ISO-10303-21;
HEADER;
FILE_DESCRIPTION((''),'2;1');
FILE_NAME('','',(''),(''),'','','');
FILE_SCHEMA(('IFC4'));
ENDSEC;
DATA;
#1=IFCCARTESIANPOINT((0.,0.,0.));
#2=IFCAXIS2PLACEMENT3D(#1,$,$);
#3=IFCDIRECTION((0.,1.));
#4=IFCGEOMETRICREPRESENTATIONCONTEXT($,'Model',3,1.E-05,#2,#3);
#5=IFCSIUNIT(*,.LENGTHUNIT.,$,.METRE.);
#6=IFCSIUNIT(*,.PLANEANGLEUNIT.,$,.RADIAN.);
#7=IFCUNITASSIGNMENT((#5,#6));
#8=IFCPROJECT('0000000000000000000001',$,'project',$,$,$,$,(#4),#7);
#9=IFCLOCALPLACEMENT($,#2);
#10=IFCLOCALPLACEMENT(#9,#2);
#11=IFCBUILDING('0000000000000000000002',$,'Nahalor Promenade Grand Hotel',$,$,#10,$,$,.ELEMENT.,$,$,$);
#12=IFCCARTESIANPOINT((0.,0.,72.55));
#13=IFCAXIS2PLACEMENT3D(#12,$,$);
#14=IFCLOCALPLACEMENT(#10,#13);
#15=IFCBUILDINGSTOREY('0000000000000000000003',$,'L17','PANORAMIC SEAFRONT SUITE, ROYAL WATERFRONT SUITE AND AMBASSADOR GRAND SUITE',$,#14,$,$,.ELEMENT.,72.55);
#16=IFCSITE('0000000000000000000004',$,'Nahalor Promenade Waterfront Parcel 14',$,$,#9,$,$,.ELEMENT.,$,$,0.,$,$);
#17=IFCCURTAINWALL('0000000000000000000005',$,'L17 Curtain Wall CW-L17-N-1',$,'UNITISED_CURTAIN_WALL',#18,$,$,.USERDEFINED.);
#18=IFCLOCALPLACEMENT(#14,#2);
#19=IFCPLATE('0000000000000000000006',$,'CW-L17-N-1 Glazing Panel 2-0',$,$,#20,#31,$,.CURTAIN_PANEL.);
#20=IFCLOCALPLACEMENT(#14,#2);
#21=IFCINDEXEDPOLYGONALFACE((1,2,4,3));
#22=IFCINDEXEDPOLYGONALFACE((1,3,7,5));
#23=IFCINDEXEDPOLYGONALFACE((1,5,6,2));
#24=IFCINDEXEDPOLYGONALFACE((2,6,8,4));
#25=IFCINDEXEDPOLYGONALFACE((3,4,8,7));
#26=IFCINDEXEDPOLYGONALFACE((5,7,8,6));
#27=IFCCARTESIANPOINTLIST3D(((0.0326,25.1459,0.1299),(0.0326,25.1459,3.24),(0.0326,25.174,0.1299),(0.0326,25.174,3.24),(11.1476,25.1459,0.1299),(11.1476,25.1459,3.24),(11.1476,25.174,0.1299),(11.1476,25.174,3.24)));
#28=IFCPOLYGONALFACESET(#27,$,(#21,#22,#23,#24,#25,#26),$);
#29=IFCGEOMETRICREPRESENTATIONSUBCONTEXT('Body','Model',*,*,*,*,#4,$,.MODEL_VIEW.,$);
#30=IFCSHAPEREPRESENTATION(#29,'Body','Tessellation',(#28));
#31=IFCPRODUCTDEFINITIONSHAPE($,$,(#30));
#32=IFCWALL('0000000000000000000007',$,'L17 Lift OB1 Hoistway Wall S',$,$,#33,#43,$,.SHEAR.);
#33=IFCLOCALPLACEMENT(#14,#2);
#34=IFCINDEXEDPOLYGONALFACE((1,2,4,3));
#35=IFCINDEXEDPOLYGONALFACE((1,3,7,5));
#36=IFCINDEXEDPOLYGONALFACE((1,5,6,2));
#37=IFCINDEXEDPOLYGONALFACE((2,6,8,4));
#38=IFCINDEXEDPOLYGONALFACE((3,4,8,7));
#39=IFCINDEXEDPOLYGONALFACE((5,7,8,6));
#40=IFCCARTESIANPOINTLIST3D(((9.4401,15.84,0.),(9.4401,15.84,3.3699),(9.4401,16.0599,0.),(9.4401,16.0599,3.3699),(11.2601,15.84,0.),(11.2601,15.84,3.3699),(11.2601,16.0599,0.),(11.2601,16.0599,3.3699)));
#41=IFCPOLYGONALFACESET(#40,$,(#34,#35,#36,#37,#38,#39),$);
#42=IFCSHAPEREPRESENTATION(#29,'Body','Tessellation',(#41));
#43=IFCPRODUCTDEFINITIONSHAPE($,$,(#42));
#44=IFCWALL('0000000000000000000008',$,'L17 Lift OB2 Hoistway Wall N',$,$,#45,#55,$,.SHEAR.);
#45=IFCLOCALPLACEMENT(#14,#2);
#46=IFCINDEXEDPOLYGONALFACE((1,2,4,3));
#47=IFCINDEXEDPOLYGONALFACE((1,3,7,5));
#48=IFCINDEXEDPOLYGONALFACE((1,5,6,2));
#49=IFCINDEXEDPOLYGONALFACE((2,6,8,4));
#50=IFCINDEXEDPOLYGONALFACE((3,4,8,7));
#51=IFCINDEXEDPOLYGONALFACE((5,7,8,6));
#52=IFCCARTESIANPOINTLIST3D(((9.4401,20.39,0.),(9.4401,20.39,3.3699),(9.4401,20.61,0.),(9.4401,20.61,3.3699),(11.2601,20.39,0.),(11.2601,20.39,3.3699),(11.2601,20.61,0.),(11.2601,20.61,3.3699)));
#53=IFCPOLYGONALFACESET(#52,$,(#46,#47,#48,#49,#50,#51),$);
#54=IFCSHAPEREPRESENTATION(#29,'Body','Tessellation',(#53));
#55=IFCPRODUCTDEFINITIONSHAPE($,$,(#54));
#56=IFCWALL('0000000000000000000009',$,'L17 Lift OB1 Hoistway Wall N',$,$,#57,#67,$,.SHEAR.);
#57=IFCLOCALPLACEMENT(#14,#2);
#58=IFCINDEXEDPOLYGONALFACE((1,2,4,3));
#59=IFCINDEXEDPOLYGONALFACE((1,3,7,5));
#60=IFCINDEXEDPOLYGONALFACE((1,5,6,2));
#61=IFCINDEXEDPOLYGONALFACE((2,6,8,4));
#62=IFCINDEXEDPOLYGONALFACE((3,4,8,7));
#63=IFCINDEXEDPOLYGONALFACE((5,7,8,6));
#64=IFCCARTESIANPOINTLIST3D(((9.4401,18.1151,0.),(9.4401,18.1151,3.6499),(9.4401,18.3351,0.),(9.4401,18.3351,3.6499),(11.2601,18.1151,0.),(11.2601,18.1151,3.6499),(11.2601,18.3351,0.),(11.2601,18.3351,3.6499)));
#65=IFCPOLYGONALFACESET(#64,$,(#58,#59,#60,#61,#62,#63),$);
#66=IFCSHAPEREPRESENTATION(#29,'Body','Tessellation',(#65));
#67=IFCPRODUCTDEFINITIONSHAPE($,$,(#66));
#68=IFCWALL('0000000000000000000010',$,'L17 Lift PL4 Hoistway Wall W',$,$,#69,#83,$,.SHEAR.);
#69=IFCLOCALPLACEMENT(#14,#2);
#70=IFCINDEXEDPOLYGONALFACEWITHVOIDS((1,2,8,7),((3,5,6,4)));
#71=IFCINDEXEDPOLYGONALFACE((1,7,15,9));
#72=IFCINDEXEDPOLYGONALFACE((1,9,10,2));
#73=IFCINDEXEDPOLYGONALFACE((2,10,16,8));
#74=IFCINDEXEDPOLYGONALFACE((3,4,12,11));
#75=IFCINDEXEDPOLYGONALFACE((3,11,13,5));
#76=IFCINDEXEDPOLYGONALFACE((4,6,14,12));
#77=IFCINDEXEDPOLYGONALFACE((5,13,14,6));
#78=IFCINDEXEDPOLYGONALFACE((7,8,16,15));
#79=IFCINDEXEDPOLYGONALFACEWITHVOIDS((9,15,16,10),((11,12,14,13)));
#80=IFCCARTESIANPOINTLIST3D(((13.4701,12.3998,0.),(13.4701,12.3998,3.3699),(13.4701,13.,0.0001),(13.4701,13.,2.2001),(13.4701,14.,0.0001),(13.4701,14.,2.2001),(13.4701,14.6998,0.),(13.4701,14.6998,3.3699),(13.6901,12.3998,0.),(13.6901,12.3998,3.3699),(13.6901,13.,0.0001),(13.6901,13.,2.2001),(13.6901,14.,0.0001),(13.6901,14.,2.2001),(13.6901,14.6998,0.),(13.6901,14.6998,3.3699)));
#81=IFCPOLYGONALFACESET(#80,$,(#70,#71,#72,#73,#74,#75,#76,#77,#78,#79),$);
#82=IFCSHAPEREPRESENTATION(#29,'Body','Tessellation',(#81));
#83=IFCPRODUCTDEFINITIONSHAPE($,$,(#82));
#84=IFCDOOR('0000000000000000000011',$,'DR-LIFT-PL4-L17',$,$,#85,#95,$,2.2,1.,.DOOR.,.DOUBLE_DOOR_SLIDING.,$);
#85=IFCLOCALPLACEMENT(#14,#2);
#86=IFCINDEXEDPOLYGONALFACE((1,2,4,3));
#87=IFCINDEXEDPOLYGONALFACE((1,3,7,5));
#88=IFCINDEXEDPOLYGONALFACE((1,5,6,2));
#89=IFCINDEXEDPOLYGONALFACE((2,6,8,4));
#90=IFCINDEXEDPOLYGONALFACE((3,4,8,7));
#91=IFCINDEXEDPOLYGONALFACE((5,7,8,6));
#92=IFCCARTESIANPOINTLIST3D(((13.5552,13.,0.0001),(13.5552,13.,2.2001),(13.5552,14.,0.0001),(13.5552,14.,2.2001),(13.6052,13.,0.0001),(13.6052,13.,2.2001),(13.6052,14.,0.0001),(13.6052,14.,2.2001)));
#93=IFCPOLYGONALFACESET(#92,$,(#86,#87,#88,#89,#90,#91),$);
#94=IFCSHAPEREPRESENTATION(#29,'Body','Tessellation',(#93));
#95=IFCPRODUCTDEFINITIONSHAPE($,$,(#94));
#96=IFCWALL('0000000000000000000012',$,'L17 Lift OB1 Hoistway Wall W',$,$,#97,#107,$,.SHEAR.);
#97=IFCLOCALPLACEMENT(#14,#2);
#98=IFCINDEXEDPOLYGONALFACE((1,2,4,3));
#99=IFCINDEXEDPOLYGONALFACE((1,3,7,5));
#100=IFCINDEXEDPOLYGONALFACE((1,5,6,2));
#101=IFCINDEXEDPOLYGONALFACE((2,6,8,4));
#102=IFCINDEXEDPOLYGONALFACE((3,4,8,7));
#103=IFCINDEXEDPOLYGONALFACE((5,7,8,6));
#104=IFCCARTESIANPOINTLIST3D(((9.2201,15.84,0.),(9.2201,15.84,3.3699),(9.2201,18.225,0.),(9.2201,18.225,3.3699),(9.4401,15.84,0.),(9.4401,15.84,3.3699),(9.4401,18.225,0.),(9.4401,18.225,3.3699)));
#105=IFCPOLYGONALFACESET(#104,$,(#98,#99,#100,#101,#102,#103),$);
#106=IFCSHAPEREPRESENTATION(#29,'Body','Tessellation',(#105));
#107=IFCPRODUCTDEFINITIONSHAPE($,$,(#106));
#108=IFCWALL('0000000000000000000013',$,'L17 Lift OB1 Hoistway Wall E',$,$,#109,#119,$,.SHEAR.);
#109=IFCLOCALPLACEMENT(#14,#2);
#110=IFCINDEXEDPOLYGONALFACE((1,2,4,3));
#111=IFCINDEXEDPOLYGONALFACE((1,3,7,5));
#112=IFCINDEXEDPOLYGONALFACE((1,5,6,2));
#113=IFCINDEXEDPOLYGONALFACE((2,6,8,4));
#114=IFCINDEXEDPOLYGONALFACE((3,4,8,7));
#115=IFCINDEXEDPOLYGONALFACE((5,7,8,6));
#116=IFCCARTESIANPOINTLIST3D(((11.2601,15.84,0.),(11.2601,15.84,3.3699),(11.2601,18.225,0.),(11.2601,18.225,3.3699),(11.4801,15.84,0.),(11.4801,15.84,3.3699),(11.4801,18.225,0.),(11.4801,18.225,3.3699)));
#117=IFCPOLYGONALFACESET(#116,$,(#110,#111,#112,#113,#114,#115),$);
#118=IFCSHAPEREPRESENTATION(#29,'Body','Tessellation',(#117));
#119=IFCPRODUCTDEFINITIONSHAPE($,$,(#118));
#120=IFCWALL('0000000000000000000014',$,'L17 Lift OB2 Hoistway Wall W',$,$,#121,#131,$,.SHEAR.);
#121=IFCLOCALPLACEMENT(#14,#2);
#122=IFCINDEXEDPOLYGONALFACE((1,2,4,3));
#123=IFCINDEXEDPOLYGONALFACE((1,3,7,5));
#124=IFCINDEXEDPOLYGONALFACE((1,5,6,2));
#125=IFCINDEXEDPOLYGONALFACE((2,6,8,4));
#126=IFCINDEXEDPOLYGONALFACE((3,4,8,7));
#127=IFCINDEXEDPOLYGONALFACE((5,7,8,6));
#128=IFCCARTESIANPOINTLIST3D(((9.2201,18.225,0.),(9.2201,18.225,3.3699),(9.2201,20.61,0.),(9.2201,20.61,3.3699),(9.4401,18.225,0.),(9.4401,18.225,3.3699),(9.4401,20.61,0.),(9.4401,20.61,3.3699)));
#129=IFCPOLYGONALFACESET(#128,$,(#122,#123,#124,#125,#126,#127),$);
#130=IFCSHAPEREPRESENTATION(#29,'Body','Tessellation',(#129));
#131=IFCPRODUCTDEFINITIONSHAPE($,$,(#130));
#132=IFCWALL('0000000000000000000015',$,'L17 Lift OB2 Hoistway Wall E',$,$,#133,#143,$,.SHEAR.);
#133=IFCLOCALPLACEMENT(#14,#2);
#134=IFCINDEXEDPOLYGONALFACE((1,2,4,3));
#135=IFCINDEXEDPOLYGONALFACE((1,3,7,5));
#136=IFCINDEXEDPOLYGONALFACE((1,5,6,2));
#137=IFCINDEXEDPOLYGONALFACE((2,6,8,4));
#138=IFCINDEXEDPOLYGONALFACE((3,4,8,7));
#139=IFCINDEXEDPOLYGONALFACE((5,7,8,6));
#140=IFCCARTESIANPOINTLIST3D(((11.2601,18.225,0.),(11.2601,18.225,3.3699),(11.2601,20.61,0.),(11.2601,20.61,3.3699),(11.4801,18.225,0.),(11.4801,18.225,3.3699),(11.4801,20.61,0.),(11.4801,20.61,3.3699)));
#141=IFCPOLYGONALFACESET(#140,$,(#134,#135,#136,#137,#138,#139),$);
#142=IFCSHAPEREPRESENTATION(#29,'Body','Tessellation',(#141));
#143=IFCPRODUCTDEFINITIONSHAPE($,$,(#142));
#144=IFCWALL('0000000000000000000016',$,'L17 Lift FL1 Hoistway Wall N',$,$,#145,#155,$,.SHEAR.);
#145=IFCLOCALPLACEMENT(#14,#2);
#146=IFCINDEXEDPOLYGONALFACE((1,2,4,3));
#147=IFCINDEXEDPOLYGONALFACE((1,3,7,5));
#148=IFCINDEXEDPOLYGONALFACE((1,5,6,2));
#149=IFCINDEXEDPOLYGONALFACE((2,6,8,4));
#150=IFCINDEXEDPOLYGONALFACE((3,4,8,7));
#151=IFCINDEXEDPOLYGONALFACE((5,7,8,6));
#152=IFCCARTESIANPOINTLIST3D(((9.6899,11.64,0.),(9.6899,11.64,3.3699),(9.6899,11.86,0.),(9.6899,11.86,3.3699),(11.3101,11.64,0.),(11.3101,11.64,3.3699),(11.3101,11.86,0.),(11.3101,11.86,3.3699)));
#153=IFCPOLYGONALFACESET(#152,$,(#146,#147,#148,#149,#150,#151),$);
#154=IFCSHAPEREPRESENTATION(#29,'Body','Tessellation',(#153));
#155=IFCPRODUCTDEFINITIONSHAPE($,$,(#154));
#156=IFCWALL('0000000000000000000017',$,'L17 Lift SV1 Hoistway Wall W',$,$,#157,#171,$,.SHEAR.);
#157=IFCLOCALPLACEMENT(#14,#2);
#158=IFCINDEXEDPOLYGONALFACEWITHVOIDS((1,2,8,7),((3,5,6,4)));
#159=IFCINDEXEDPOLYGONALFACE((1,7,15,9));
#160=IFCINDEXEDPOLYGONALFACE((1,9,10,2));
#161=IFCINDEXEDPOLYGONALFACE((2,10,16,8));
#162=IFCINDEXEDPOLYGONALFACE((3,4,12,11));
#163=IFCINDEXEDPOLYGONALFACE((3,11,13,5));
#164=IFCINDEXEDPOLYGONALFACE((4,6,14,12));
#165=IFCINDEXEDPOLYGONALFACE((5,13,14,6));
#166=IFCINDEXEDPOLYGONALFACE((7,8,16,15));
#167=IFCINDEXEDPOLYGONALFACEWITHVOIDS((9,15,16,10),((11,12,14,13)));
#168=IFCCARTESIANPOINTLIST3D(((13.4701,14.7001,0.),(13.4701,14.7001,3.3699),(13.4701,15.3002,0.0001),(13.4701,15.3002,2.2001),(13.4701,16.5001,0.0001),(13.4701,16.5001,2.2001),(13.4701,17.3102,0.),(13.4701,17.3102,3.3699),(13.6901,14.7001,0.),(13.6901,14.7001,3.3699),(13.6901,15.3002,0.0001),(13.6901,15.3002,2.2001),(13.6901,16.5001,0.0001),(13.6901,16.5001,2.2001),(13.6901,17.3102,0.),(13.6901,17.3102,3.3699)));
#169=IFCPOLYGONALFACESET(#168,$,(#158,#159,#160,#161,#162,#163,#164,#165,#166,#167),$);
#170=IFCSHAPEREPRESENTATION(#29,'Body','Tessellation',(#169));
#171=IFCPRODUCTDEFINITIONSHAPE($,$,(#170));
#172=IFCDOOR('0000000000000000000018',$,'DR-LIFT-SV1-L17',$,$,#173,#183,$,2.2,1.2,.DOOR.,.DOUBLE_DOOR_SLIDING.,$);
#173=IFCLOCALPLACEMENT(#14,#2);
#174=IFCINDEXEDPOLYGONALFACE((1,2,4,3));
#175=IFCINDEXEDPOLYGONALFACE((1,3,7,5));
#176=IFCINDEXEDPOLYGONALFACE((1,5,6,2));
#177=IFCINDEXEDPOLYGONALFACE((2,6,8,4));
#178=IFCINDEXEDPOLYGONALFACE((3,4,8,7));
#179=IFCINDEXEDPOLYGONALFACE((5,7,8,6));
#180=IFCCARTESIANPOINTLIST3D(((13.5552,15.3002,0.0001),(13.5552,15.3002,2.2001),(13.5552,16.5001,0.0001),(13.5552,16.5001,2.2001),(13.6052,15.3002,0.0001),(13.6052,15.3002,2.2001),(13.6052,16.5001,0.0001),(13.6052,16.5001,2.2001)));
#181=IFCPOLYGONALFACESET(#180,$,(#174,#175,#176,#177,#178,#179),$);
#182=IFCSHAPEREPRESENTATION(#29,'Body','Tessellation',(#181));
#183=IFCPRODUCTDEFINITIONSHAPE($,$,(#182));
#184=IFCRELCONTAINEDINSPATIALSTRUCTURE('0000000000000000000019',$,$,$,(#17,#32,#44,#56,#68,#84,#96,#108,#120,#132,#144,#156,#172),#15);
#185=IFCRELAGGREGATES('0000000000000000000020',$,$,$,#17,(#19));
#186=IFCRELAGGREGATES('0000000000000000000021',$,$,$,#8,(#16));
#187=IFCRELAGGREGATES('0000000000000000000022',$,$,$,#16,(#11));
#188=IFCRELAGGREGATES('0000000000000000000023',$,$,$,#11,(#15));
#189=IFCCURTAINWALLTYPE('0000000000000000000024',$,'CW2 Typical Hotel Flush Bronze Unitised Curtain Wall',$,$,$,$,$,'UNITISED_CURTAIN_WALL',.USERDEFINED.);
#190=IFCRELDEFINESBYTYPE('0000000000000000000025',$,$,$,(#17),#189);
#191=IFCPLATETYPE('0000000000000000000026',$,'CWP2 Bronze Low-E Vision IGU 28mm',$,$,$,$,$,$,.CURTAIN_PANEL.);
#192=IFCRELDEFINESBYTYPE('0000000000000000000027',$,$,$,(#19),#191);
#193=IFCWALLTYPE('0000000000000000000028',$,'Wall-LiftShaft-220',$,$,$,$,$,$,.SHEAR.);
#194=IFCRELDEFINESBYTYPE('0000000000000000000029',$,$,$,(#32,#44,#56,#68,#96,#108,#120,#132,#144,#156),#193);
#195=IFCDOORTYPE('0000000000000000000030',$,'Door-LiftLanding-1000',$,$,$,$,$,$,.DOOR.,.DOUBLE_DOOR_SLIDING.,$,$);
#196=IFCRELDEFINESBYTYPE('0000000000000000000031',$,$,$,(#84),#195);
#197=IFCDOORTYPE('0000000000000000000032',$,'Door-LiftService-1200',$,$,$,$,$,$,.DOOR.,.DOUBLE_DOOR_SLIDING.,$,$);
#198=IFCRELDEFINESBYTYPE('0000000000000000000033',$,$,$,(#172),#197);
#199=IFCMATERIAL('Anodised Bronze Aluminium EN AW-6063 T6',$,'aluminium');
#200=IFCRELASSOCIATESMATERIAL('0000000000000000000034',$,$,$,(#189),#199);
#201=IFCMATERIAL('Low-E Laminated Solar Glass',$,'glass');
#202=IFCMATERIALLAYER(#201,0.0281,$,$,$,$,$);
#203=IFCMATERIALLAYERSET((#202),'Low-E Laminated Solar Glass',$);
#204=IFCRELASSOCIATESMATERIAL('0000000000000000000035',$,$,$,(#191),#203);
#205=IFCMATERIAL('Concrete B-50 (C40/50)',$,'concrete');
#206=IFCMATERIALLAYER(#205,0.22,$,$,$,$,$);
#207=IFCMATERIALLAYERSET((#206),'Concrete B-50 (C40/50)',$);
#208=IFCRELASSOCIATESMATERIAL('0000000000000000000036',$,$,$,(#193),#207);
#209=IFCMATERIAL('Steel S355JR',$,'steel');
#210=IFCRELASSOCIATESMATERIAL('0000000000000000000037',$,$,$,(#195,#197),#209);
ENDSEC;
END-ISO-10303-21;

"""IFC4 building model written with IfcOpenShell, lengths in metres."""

from ifc_helpers import new_model, si_unit, direction, frame, frame_2d, origin, origin_2d, place, context, subcontext, project, spatial, rectangle, extrude, source, transform, mapped, material, layer, layer_set, type_object, element, fill, aggregate, save


model = new_model("IFC4")

# Units and contexts
model_context = context("Model", 3, precision=1e-05, world=origin(), true_north=direction((0.0, 1.0)))
body_context = subcontext(model_context, "Body", "Model", "MODEL_VIEW")
ifc_project = project(units=[si_unit("LENGTHUNIT", "METRE"), si_unit("PLANEANGLEUNIT", "RADIAN")], contexts=[model_context])

# Site, building, storey
site_placement = place(None, origin())
site = spatial("IfcSite", under=ifc_project, at=site_placement, Name="Nahalor Promenade Waterfront Parcel 14", CompositionType="ELEMENT", RefElevation=0.0)
building_placement = place(site_placement, origin())
building = spatial("IfcBuilding", under=site, at=building_placement, Name="Nahalor Promenade Grand Hotel", CompositionType="ELEMENT")
storey_placement = place(building_placement, frame((0.0, 0.0, 72.55)))
storey = spatial("IfcBuildingStorey", under=building, at=storey_placement, Name="L17", Description="PANORAMIC SEAFRONT SUITE, ROYAL WATERFRONT SUITE AND AMBASSADOR GRAND SUITE", CompositionType="ELEMENT", Elevation=72.55)

# Shared definitions
ifc_material_1 = material(Name="Steel S355JR", Category="steel")

# Curtain wall, plate
ifc_material_2 = material(Name="Anodised Bronze Aluminium EN AW-6063 T6", Category="aluminium")
curtain_wall_type = type_object("IfcCurtainWallType", Name="CW2 Typical Hotel Flush Bronze Unitised Curtain Wall", ElementType="UNITISED_CURTAIN_WALL", PredefinedType="USERDEFINED", material=ifc_material_2)
curtain_wall_placement = place(storey_placement, origin())
curtain_wall = element("IfcCurtainWall", 1, at=curtain_wall_placement, inside=storey, type_object=curtain_wall_type, Name="L17 Curtain Wall CW-L17-N-1", ObjectType="UNITISED_CURTAIN_WALL", PredefinedType="USERDEFINED")
ifc_material_3 = material(Name="Low-E Laminated Solar Glass", Category="glass")
ifc_layer_1 = layer(ifc_material_3, 0.0281)
ifc_layer_set_1 = layer_set([ifc_layer_1], Name="Low-E Laminated Solar Glass")
plate_type = type_object("IfcPlateType", Name="CWP2 Bronze Low-E Vision IGU 28mm", PredefinedType="CURTAIN_PANEL", material=ifc_layer_set_1)
shared_shape_1 = source(origin(), body_context, "Body", "SweptSolid", [
    extrude(rectangle(XDim=11.115, YDim=0.0281, at=origin_2d()), origin(), (0.0, 0.0, 1.0), 3.1101),
])
plate_placement = place(storey_placement, frame((5.5901, 25.1599, 0.1299), z_axis=(0.0, 0.0, 1.0), x_axis=(1.0, 0.0, 0.0)))
plate = element("IfcPlate", 2, at=plate_placement, type_object=plate_type, Name="CW-L17-N-1 Glazing Panel 2-0", PredefinedType="CURTAIN_PANEL", context=body_context, shape_type="MappedRepresentation", body=[
    mapped(shared_shape_1, transform((0.0, 0.0, 0.0), scale=1.0)),
])
aggregate(curtain_wall, [plate])

# Walls
ifc_material_4 = material(Name="Concrete B-50 (C40/50)", Category="concrete")
ifc_layer_2 = layer(ifc_material_4, 0.22)
ifc_layer_set_2 = layer_set([ifc_layer_2], Name="Concrete B-50 (C40/50)")
wall_type_1 = type_object("IfcWallType", Name="Wall-LiftShaft-220", PredefinedType="SHEAR", material=ifc_layer_set_2)
shared_shape_2 = source(origin(), body_context, "Body", "SweptSolid", [
    extrude(rectangle(XDim=1.8201, YDim=0.22, at=frame_2d((0.9102, 0.0))), origin(), (0.0, 0.0, 1.0), 3.3699),
])
for number, where, z_axis, x_axis, name in (
    (3, (9.4399, 15.95, 0.0), (0.0, 0.0, 1.0), (1.0, 0.0, 0.0), "L17 Lift OB1 Hoistway Wall S"),
    (4, (9.4399, 20.5, 0.0), (0.0, 0.0, 1.0), (1.0, 0.0, 0.0), "L17 Lift OB2 Hoistway Wall N"),
):
    element("IfcWall", number, at=place(storey_placement, frame(where, z_axis=z_axis, x_axis=x_axis)), inside=storey, type_object=wall_type_1, Name=name, PredefinedType="SHEAR", context=body_context, shape_type="MappedRepresentation", body=[
        mapped(shared_shape_2, transform((0.0, 0.0, 0.0), scale=1.0)),
    ])
shared_shape_3 = source(origin(), body_context, "Body", "SweptSolid", [
    extrude(rectangle(XDim=1.8201, YDim=0.22, at=frame_2d((0.9102, 0.0))), origin(), (0.0, 0.0, 1.0), 3.6499),
])
wall_1_placement = place(storey_placement, frame((9.4399, 18.2251, 0.0), z_axis=(0.0, 0.0, 1.0), x_axis=(1.0, 0.0, 0.0)))
element("IfcWall", 5, at=wall_1_placement, inside=storey, type_object=wall_type_1, Name="L17 Lift OB1 Hoistway Wall N", PredefinedType="SHEAR", context=body_context, shape_type="MappedRepresentation", body=[
    mapped(shared_shape_3, transform((0.0, 0.0, 0.0), scale=1.0)),
])

# Wall, opening, door
shared_shape_4 = source(origin(), body_context, "Body", "SweptSolid", [
    extrude(rectangle(XDim=2.3, YDim=0.22, at=frame_2d((1.1499, 0.0))), origin(), (0.0, 0.0, 1.0), 3.3699),
])
wall_2_placement = place(storey_placement, frame((13.5801, 12.3999, 0.0), z_axis=(0.0, 0.0, 1.0), x_axis=(0.0, 1.0, 0.0)))
wall_2 = element("IfcWall", 6, at=wall_2_placement, inside=storey, type_object=wall_type_1, Name="L17 Lift PL4 Hoistway Wall W", PredefinedType="SHEAR", context=body_context, shape_type="MappedRepresentation", body=[
    mapped(shared_shape_4, transform((0.0, 0.0, 0.0), scale=1.0)),
])
opening_1_placement = place(wall_2_placement, frame((0.6001, 0.0, 0.0)))
opening_1 = element("IfcOpeningElement", 7, at=opening_1_placement, cuts=wall_2, PredefinedType="OPENING", context=body_context, shape_type="SweptSolid", body=[
    extrude(rectangle(XDim=1.0, YDim=2.2, at=frame_2d((0.5, 1.1001))), frame((0.0, 0.1199, 0.0), z_axis=(0.0, -1.0, 0.0), x_axis=(1.0, 0.0, 0.0)), (0.0, 0.0, 1.0), 0.24),
])
door_type_1 = type_object("IfcDoorType", Name="Door-LiftLanding-1000", OperationType="DOUBLE_DOOR_SLIDING", PredefinedType="DOOR", material=ifc_material_1)
shared_shape_5 = source(origin(), body_context, "Body", "SweptSolid", [
    extrude(rectangle(XDim=1.0, YDim=2.2, at=frame_2d((0.5, 1.1001))), frame((0.0, 0.0249, 0.0), z_axis=(0.0, -1.0, 0.0), x_axis=(1.0, 0.0, 0.0)), (0.0, 0.0, 1.0), 0.05),
])
door_1_placement = place(opening_1_placement, origin())
door_1 = element("IfcDoor", 8, at=door_1_placement, inside=storey, type_object=door_type_1, Name="DR-LIFT-PL4-L17", OperationType="DOUBLE_DOOR_SLIDING", OverallHeight=2.2, OverallWidth=1.0, PredefinedType="DOOR", context=body_context, shape_type="MappedRepresentation", body=[
    mapped(shared_shape_5, transform((0.0, 0.0, 0.0), scale=1.0)),
])
fill(opening_1, door_1)

# Walls
shared_shape_6 = source(origin(), body_context, "Body", "SweptSolid", [
    extrude(rectangle(XDim=2.385, YDim=0.22, at=frame_2d((1.1924, 0.0))), origin(), (0.0, 0.0, 1.0), 3.3699),
])
for number, where, z_axis, x_axis, name in (
    (9, (9.3301, 15.8401, 0.0), (0.0, 0.0, 1.0), (0.0, 1.0, 0.0), "L17 Lift OB1 Hoistway Wall W"),
    (10, (11.3701, 15.8401, 0.0), (0.0, 0.0, 1.0), (0.0, 1.0, 0.0), "L17 Lift OB1 Hoistway Wall E"),
    (11, (9.3301, 18.2251, 0.0), (0.0, 0.0, 1.0), (0.0, 1.0, 0.0), "L17 Lift OB2 Hoistway Wall W"),
    (12, (11.3701, 18.2251, 0.0), (0.0, 0.0, 1.0), (0.0, 1.0, 0.0), "L17 Lift OB2 Hoistway Wall E"),
):
    element("IfcWall", number, at=place(storey_placement, frame(where, z_axis=z_axis, x_axis=x_axis)), inside=storey, type_object=wall_type_1, Name=name, PredefinedType="SHEAR", context=body_context, shape_type="MappedRepresentation", body=[
        mapped(shared_shape_6, transform((0.0, 0.0, 0.0), scale=1.0)),
    ])
shared_shape_7 = source(origin(), body_context, "Body", "SweptSolid", [
    extrude(rectangle(XDim=1.6201, YDim=0.22, at=frame_2d((0.8101, 0.0))), origin(), (0.0, 0.0, 1.0), 3.3699),
])
wall_3_placement = place(storey_placement, frame((9.6899, 11.75, 0.0), z_axis=(0.0, 0.0, 1.0), x_axis=(1.0, 0.0, 0.0)))
element("IfcWall", 13, at=wall_3_placement, inside=storey, type_object=wall_type_1, Name="L17 Lift FL1 Hoistway Wall N", PredefinedType="SHEAR", context=body_context, shape_type="MappedRepresentation", body=[
    mapped(shared_shape_7, transform((0.0, 0.0, 0.0), scale=1.0)),
])

# Wall, opening, door
shared_shape_8 = source(origin(), body_context, "Body", "SweptSolid", [
    extrude(rectangle(XDim=2.6101, YDim=0.22, at=frame_2d((1.3052, 0.0))), origin(), (0.0, 0.0, 1.0), 3.3699),
])
wall_4_placement = place(storey_placement, frame((13.5801, 14.7, 0.0), z_axis=(0.0, 0.0, 1.0), x_axis=(0.0, 1.0, 0.0)))
wall_4 = element("IfcWall", 14, at=wall_4_placement, inside=storey, type_object=wall_type_1, Name="L17 Lift SV1 Hoistway Wall W", PredefinedType="SHEAR", context=body_context, shape_type="MappedRepresentation", body=[
    mapped(shared_shape_8, transform((0.0, 0.0, 0.0), scale=1.0)),
])
opening_2_placement = place(wall_4_placement, frame((0.6001, 0.0, 0.0)))
opening_2 = element("IfcOpeningElement", 15, at=opening_2_placement, cuts=wall_4, PredefinedType="OPENING", context=body_context, shape_type="SweptSolid", body=[
    extrude(rectangle(XDim=1.2, YDim=2.2, at=frame_2d((0.6001, 1.1001))), frame((0.0, 0.1199, 0.0), z_axis=(0.0, -1.0, 0.0), x_axis=(1.0, 0.0, 0.0)), (0.0, 0.0, 1.0), 0.24),
])
door_type_2 = type_object("IfcDoorType", Name="Door-LiftService-1200", OperationType="DOUBLE_DOOR_SLIDING", PredefinedType="DOOR", material=ifc_material_1)
shared_shape_9 = source(origin(), body_context, "Body", "SweptSolid", [
    extrude(rectangle(XDim=1.2, YDim=2.2, at=frame_2d((0.6001, 1.1001))), frame((0.0, 0.0249, 0.0), z_axis=(0.0, -1.0, 0.0), x_axis=(1.0, 0.0, 0.0)), (0.0, 0.0, 1.0), 0.05),
])
door_2_placement = place(opening_2_placement, origin())
door_2 = element("IfcDoor", 16, at=door_2_placement, inside=storey, type_object=door_type_2, Name="DR-LIFT-SV1-L17", OperationType="DOUBLE_DOOR_SLIDING", OverallHeight=2.2, OverallWidth=1.2, PredefinedType="DOOR", context=body_context, shape_type="MappedRepresentation", body=[
    mapped(shared_shape_9, transform((0.0, 0.0, 0.0), scale=1.0)),
])
fill(opening_2, door_2)

save(model, "model.ifc")
